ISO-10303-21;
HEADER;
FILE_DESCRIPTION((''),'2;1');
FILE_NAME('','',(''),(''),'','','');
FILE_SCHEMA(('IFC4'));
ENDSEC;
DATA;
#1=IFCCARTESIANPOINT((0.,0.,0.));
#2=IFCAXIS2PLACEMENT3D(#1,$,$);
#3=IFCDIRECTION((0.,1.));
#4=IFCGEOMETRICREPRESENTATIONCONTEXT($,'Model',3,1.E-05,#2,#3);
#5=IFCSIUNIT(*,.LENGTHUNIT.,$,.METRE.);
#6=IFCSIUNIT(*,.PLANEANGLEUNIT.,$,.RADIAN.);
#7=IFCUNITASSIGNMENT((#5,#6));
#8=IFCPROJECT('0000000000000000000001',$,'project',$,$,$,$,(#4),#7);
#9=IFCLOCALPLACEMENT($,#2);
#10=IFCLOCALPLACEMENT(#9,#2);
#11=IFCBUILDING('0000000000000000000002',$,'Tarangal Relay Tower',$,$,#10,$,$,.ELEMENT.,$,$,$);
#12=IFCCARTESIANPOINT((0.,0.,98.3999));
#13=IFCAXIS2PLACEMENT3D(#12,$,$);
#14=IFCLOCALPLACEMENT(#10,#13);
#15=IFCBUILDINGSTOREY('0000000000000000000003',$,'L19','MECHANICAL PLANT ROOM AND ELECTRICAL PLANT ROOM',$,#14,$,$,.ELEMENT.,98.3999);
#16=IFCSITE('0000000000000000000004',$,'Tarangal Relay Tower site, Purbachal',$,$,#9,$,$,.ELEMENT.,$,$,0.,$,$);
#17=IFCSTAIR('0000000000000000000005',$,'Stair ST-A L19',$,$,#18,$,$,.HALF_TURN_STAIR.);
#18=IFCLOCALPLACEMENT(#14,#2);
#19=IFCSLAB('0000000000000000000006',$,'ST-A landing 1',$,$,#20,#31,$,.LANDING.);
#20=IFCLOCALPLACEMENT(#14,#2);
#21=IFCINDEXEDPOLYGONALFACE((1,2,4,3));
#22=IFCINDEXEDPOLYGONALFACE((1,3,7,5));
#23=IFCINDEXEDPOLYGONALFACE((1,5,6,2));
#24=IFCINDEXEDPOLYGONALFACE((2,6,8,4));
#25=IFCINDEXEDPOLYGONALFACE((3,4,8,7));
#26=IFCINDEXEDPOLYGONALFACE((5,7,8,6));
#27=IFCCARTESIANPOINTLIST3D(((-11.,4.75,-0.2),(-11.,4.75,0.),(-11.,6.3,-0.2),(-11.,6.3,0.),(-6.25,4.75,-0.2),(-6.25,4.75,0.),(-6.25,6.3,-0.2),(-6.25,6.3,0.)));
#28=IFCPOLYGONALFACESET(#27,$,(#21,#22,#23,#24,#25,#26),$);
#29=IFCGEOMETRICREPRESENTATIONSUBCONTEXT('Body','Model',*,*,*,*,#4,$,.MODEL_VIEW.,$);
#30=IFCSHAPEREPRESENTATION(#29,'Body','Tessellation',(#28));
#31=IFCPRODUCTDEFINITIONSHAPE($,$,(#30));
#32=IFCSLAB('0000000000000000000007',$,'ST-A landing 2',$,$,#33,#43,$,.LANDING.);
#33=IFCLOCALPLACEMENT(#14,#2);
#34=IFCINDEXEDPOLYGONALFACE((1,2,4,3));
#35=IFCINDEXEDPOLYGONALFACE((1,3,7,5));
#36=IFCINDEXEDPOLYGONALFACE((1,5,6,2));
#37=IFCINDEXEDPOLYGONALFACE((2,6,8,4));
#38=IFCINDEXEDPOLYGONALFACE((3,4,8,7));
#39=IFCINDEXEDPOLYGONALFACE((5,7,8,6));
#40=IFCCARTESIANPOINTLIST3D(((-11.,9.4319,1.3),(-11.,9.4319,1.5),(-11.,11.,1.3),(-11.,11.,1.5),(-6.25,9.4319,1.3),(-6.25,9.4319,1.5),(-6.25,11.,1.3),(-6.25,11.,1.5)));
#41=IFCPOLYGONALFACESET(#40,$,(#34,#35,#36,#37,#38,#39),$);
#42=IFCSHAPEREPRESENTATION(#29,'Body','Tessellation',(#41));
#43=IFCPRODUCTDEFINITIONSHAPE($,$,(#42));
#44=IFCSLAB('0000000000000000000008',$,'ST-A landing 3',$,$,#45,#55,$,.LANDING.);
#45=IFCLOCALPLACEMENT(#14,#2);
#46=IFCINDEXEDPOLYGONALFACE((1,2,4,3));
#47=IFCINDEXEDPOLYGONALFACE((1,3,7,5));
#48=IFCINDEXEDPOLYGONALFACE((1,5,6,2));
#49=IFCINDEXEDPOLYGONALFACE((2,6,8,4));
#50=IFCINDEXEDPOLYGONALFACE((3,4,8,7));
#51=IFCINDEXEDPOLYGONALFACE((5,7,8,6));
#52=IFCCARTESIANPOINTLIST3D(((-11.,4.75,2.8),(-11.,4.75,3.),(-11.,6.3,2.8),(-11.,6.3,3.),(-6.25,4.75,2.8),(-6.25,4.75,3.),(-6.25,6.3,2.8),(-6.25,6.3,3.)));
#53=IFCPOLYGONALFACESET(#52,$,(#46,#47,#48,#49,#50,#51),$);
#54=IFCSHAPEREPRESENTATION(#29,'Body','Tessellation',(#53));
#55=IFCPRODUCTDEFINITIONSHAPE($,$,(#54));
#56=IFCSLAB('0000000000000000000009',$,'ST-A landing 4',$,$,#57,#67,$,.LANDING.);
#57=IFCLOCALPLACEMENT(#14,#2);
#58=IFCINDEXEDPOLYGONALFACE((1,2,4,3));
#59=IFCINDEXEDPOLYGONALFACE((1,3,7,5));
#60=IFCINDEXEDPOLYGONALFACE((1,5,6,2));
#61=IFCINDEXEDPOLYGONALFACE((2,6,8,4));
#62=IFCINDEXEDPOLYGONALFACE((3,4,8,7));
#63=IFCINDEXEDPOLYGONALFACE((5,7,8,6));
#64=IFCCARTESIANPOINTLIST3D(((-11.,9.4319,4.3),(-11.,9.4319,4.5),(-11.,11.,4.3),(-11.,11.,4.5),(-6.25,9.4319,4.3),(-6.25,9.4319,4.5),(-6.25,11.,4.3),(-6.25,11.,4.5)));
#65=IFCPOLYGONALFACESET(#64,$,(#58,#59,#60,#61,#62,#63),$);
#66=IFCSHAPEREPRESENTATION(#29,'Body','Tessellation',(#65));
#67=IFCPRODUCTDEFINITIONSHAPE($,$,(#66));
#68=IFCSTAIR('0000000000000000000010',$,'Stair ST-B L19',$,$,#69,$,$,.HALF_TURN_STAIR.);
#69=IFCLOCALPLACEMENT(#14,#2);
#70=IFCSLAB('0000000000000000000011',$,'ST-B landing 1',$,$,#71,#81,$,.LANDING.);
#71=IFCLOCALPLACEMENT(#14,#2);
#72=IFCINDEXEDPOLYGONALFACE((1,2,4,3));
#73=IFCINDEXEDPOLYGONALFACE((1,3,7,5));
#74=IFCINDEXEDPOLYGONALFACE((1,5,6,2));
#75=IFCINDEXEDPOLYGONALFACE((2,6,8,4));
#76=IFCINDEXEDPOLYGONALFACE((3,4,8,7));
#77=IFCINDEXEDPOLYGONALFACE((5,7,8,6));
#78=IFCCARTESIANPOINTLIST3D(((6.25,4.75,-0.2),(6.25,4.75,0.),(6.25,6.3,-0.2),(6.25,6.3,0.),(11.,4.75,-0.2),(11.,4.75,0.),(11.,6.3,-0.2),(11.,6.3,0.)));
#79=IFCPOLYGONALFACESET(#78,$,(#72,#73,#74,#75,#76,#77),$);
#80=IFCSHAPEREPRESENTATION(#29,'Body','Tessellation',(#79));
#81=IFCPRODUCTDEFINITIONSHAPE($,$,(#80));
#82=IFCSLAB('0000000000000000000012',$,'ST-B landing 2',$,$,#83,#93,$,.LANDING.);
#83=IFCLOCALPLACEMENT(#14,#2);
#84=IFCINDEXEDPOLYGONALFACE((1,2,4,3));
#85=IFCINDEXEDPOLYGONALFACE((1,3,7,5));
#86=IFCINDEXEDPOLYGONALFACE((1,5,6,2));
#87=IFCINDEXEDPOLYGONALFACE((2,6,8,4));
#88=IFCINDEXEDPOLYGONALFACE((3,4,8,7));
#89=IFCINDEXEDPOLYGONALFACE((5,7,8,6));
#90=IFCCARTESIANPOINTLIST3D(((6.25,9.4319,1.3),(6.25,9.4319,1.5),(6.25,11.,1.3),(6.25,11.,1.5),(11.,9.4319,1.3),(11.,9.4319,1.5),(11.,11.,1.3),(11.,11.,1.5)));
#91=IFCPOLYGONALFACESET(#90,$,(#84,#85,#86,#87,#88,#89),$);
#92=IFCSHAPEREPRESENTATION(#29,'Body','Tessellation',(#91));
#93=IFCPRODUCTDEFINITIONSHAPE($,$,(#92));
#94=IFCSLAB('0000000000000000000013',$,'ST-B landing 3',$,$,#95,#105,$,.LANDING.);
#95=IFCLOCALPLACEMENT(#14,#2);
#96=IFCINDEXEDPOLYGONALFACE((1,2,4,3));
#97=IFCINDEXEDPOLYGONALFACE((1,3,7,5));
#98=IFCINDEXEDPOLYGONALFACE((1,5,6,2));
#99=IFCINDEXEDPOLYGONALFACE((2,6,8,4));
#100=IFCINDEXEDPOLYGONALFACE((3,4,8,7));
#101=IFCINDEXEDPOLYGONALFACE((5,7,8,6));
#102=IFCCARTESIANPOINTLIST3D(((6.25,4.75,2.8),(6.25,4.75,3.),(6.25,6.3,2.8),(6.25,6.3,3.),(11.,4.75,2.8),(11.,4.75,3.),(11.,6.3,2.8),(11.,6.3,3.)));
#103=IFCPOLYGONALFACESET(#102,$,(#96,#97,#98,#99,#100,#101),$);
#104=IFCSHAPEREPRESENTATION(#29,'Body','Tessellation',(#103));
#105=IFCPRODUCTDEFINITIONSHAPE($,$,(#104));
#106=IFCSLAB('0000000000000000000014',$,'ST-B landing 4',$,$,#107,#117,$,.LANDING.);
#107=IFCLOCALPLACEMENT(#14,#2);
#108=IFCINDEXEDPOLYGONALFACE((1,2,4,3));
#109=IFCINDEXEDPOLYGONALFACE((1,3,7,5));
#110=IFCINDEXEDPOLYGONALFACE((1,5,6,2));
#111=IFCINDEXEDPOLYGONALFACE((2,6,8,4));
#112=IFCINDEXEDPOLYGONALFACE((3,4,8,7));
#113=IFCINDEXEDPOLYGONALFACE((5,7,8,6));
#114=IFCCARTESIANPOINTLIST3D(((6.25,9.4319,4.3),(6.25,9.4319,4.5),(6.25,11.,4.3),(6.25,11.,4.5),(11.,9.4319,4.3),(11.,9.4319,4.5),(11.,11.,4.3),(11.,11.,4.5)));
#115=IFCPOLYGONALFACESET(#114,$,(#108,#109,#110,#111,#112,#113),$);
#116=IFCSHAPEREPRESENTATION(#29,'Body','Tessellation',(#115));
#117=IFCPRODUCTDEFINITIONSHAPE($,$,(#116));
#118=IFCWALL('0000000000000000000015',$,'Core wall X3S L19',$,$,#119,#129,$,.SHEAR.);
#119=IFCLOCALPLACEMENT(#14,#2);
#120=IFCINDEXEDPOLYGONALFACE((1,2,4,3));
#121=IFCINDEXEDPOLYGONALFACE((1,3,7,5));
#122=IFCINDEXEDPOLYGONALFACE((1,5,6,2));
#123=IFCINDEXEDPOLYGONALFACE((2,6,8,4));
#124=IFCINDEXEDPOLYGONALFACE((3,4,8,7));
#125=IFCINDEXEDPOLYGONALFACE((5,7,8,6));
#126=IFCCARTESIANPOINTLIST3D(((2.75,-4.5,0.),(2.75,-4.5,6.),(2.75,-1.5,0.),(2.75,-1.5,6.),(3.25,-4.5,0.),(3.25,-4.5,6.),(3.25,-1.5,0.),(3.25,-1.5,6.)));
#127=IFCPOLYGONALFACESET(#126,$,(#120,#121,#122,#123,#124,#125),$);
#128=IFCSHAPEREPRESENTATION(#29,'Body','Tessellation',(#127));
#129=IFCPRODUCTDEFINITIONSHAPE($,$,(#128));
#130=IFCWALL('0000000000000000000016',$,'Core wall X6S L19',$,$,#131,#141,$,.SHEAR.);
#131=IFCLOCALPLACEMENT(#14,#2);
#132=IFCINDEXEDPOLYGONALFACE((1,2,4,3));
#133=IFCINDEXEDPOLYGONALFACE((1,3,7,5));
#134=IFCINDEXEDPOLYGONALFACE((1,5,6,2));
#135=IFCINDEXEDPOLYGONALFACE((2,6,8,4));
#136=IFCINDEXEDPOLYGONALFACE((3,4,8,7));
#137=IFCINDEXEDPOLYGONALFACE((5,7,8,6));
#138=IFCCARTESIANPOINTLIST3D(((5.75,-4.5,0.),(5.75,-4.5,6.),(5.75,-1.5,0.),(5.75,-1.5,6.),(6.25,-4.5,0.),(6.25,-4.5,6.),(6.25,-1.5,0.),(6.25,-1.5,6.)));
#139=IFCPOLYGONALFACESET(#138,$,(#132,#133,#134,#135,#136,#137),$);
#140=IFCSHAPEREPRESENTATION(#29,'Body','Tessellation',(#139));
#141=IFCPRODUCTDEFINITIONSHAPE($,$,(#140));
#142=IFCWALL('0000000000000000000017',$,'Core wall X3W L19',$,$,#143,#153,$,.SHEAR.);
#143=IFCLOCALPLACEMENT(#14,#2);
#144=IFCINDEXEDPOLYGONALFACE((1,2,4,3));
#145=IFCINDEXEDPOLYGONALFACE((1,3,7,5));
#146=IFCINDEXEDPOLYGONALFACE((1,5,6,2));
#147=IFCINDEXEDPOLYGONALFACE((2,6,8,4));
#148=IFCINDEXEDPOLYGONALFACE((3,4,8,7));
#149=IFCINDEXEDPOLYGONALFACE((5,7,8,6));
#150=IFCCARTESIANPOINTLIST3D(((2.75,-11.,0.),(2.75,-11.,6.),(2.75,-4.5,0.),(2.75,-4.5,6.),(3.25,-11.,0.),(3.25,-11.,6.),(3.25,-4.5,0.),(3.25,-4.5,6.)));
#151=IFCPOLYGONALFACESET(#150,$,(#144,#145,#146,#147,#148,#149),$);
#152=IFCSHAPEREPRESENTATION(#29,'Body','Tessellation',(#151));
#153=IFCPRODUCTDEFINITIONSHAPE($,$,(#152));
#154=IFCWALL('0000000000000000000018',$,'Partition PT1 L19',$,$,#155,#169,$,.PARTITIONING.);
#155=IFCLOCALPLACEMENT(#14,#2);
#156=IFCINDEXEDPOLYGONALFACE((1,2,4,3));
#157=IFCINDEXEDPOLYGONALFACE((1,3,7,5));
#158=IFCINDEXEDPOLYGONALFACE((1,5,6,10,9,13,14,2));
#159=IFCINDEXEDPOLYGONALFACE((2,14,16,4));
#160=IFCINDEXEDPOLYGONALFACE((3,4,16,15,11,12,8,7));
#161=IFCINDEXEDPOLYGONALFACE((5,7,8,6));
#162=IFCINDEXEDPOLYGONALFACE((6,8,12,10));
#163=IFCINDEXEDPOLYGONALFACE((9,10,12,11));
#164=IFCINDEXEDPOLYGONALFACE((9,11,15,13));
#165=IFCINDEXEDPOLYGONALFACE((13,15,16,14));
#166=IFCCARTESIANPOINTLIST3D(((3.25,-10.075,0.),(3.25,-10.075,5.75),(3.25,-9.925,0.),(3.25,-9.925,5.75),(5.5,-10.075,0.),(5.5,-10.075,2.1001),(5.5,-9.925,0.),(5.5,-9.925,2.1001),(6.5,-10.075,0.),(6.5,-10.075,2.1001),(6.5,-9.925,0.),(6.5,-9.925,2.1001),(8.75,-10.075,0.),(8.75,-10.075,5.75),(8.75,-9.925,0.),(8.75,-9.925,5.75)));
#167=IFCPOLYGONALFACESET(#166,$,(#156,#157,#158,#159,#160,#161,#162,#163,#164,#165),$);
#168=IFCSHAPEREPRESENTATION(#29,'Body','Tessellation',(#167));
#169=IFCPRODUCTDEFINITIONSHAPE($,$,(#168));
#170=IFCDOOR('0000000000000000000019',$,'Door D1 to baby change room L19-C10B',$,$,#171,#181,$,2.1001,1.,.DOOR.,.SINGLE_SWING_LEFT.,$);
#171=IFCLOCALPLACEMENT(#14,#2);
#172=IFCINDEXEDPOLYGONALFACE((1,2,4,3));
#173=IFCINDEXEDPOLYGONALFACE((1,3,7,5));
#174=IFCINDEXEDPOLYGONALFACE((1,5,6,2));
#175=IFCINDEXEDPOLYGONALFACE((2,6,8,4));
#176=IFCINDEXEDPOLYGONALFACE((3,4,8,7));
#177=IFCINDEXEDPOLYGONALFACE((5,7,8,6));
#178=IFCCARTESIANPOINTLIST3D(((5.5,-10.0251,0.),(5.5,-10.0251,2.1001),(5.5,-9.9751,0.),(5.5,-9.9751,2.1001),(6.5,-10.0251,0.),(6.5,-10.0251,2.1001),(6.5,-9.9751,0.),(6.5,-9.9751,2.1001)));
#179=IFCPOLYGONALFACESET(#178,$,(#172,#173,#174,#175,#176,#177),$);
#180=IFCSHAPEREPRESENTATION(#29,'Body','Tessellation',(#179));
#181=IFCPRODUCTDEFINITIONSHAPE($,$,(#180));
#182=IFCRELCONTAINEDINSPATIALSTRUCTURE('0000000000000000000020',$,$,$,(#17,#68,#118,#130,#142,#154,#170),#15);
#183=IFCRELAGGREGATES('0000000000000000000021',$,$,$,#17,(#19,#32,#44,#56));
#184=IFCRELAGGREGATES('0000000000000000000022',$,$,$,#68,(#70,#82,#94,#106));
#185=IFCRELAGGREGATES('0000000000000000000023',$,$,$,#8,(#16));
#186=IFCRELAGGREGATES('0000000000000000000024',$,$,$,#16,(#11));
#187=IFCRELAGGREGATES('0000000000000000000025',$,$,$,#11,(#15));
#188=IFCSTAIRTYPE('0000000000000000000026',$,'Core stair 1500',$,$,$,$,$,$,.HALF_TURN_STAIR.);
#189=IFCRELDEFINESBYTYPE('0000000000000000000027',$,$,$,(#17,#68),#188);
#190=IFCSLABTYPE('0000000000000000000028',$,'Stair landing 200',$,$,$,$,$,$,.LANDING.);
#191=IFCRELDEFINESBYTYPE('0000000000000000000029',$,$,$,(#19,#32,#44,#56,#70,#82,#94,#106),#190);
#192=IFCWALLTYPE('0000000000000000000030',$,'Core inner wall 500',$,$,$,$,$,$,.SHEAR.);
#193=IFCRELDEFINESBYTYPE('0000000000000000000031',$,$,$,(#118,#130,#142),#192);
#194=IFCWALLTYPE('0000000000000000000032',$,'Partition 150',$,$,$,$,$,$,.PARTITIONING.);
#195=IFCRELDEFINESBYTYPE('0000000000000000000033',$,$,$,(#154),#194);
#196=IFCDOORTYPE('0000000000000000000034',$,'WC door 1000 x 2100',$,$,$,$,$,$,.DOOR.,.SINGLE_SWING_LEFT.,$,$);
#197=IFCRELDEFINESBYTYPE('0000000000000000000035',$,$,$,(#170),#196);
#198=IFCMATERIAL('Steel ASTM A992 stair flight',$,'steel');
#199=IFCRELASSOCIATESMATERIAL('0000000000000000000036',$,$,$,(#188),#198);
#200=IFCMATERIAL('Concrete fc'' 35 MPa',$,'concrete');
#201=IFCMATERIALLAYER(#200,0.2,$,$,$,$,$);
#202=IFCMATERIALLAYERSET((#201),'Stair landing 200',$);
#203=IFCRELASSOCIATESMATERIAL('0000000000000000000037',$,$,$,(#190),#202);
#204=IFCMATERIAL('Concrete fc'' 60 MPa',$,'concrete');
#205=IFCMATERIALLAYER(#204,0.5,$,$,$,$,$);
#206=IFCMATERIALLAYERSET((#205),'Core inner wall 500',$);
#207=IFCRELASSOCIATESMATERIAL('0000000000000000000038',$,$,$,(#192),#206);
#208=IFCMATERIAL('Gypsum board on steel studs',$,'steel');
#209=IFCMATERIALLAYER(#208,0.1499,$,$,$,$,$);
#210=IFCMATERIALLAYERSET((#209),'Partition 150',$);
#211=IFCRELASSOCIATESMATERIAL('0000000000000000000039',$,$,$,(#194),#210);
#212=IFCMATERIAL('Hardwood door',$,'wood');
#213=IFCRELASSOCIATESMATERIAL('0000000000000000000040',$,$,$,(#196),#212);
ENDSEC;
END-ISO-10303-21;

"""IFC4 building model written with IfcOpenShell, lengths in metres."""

from ifc_helpers import new_model, si_unit, direction, frame, frame_2d, origin, place, context, subcontext, project, spatial, polyline, rectangle, outline, extrude, material, layer, layer_set, type_object, element, fill, aggregate, save


model = new_model("IFC4")

# Units and contexts
model_context = context("Model", 3, precision=1e-05, world=origin(), true_north=direction((0.0, 1.0)))
body_context = subcontext(model_context, "Body", "Model", "MODEL_VIEW")
ifc_project = project(units=[si_unit("LENGTHUNIT", "METRE"), si_unit("PLANEANGLEUNIT", "RADIAN")], contexts=[model_context])

# Site, building, storey
site_placement = place(None, origin())
site = spatial("IfcSite", under=ifc_project, at=site_placement, Name="Tarangal Relay Tower site, Purbachal", CompositionType="ELEMENT", RefElevation=0.0)
building_placement = place(site_placement, origin())
building = spatial("IfcBuilding", under=site, at=building_placement, Name="Tarangal Relay Tower", CompositionType="ELEMENT")
storey_placement = place(building_placement, frame((0.0, 0.0, 98.3999)))
storey = spatial("IfcBuildingStorey", under=building, at=storey_placement, Name="L19", Description="MECHANICAL PLANT ROOM AND ELECTRICAL PLANT ROOM", CompositionType="ELEMENT", Elevation=98.3999)

# Stairs, slabs
ifc_material_1 = material(Name="Steel ASTM A992 stair flight", Category="steel")
stair_type = type_object("IfcStairType", Name="Core stair 1500", PredefinedType="HALF_TURN_STAIR", material=ifc_material_1)
stair_1_placement = place(storey_placement, origin())
stair_1 = element("IfcStair", 1, at=stair_1_placement, inside=storey, type_object=stair_type, Name="Stair ST-A L19", PredefinedType="HALF_TURN_STAIR")
ifc_material_2 = material(Name="Concrete fc' 35 MPa", Category="concrete")
ifc_layer_1 = layer(ifc_material_2, 0.2)
ifc_layer_set_1 = layer_set([ifc_layer_1], Name="Stair landing 200")
slab_type = type_object("IfcSlabType", Name="Stair landing 200", PredefinedType="LANDING", material=ifc_layer_set_1)
slab_1_placement = place(storey_placement, frame((0.0, 0.0, -0.2)))
slab_1 = element("IfcSlab", 2, at=slab_1_placement, type_object=slab_type, Name="ST-A landing 1", PredefinedType="LANDING", context=body_context, shape_type="SweptSolid", body=[
    extrude(outline(polyline([(-11.0, 4.75), (-6.25, 4.75), (-6.25, 6.3), (-11.0, 6.3), (-11.0, 4.75)])), origin(), (0.0, 0.0, 1.0), 0.2),
])
slab_2_placement = place(storey_placement, frame((0.0, 0.0, 1.3)))
slab_2 = element("IfcSlab", 3, at=slab_2_placement, type_object=slab_type, Name="ST-A landing 2", PredefinedType="LANDING", context=body_context, shape_type="SweptSolid", body=[
    extrude(outline(polyline([(-11.0, 9.4319), (-6.25, 9.4319), (-6.25, 11.0), (-11.0, 11.0), (-11.0, 9.4319)])), origin(), (0.0, 0.0, 1.0), 0.2),
])
slab_3_placement = place(storey_placement, frame((0.0, 0.0, 2.8)))
slab_3 = element("IfcSlab", 4, at=slab_3_placement, type_object=slab_type, Name="ST-A landing 3", PredefinedType="LANDING", context=body_context, shape_type="SweptSolid", body=[
    extrude(outline(polyline([(-11.0, 4.75), (-6.25, 4.75), (-6.25, 6.3), (-11.0, 6.3), (-11.0, 4.75)])), origin(), (0.0, 0.0, 1.0), 0.2),
])
slab_4_placement = place(storey_placement, frame((0.0, 0.0, 4.3)))
slab_4 = element("IfcSlab", 5, at=slab_4_placement, type_object=slab_type, Name="ST-A landing 4", PredefinedType="LANDING", context=body_context, shape_type="SweptSolid", body=[
    extrude(outline(polyline([(-11.0, 9.4319), (-6.25, 9.4319), (-6.25, 11.0), (-11.0, 11.0), (-11.0, 9.4319)])), origin(), (0.0, 0.0, 1.0), 0.2),
])
aggregate(stair_1, [slab_1, slab_2, slab_3, slab_4])
stair_2_placement = place(storey_placement, origin())
stair_2 = element("IfcStair", 6, at=stair_2_placement, inside=storey, type_object=stair_type, Name="Stair ST-B L19", PredefinedType="HALF_TURN_STAIR")
slab_5_placement = place(storey_placement, frame((0.0, 0.0, -0.2)))
slab_5 = element("IfcSlab", 7, at=slab_5_placement, type_object=slab_type, Name="ST-B landing 1", PredefinedType="LANDING", context=body_context, shape_type="SweptSolid", body=[
    extrude(outline(polyline([(6.25, 4.75), (11.0, 4.75), (11.0, 6.3), (6.25, 6.3), (6.25, 4.75)])), origin(), (0.0, 0.0, 1.0), 0.2),
])
slab_6_placement = place(storey_placement, frame((0.0, 0.0, 1.3)))
slab_6 = element("IfcSlab", 8, at=slab_6_placement, type_object=slab_type, Name="ST-B landing 2", PredefinedType="LANDING", context=body_context, shape_type="SweptSolid", body=[
    extrude(outline(polyline([(6.25, 9.4319), (11.0, 9.4319), (11.0, 11.0), (6.25, 11.0), (6.25, 9.4319)])), origin(), (0.0, 0.0, 1.0), 0.2),
])
slab_7_placement = place(storey_placement, frame((0.0, 0.0, 2.8)))
slab_7 = element("IfcSlab", 9, at=slab_7_placement, type_object=slab_type, Name="ST-B landing 3", PredefinedType="LANDING", context=body_context, shape_type="SweptSolid", body=[
    extrude(outline(polyline([(6.25, 4.75), (11.0, 4.75), (11.0, 6.3), (6.25, 6.3), (6.25, 4.75)])), origin(), (0.0, 0.0, 1.0), 0.2),
])
slab_8_placement = place(storey_placement, frame((0.0, 0.0, 4.3)))
slab_8 = element("IfcSlab", 10, at=slab_8_placement, type_object=slab_type, Name="ST-B landing 4", PredefinedType="LANDING", context=body_context, shape_type="SweptSolid", body=[
    extrude(outline(polyline([(6.25, 9.4319), (11.0, 9.4319), (11.0, 11.0), (6.25, 11.0), (6.25, 9.4319)])), origin(), (0.0, 0.0, 1.0), 0.2),
])
aggregate(stair_2, [slab_5, slab_6, slab_7, slab_8])

# Walls
ifc_material_3 = material(Name="Concrete fc' 60 MPa", Category="concrete")
ifc_layer_2 = layer(ifc_material_3, 0.5)
ifc_layer_set_2 = layer_set([ifc_layer_2], Name="Core inner wall 500")
wall_type_1 = type_object("IfcWallType", Name="Core inner wall 500", PredefinedType="SHEAR", material=ifc_layer_set_2)
for number, where, z_axis, x_axis, name in (
    (11, (3.0, -4.5, 0.0), (0.0, 0.0, 1.0), (0.0, 1.0, 0.0), "Core wall X3S L19"),
    (12, (6.0, -4.5, 0.0), (0.0, 0.0, 1.0), (0.0, 1.0, 0.0), "Core wall X6S L19"),
):
    element("IfcWall", number, at=place(storey_placement, frame(where, z_axis=z_axis, x_axis=x_axis)), inside=storey, type_object=wall_type_1, Name=name, PredefinedType="SHEAR", context=body_context, shape_type="SweptSolid", body=[
        extrude(rectangle(XDim=3.0, YDim=0.5, at=frame_2d((1.5, 0.0))), origin(), (0.0, 0.0, 1.0), 6.0),
    ])
wall_1_placement = place(storey_placement, frame((3.0, -11.0, 0.0), z_axis=(0.0, 0.0, 1.0), x_axis=(0.0, 1.0, 0.0)))
element("IfcWall", 13, at=wall_1_placement, inside=storey, type_object=wall_type_1, Name="Core wall X3W L19", PredefinedType="SHEAR", context=body_context, shape_type="SweptSolid", body=[
    extrude(rectangle(XDim=6.5, YDim=0.5, at=frame_2d((3.25, 0.0))), origin(), (0.0, 0.0, 1.0), 6.0),
])

# Wall, opening, door
ifc_material_4 = material(Name="Gypsum board on steel studs", Category="steel")
ifc_layer_3 = layer(ifc_material_4, 0.1499)
ifc_layer_set_3 = layer_set([ifc_layer_3], Name="Partition 150")
wall_type_2 = type_object("IfcWallType", Name="Partition 150", PredefinedType="PARTITIONING", material=ifc_layer_set_3)
wall_2_placement = place(storey_placement, frame((3.25, -10.0, 0.0), z_axis=(0.0, 0.0, 1.0), x_axis=(1.0, 0.0, 0.0)))
wall_2 = element("IfcWall", 14, at=wall_2_placement, inside=storey, type_object=wall_type_2, Name="Partition PT1 L19", PredefinedType="PARTITIONING", context=body_context, shape_type="SweptSolid", body=[
    extrude(rectangle(XDim=5.5, YDim=0.1499, at=frame_2d((2.75, 0.0))), origin(), (0.0, 0.0, 1.0), 5.75),
])
opening_placement = place(wall_2_placement, frame((2.25, 0.0, 0.0)))
opening = element("IfcOpeningElement", 15, at=opening_placement, cuts=wall_2, PredefinedType="OPENING", context=body_context, shape_type="SweptSolid", body=[
    extrude(rectangle(XDim=1.0, YDim=2.1001, at=frame_2d((0.5, 1.05))), frame((0.0, 0.085, 0.0), z_axis=(0.0, -1.0, 0.0), x_axis=(1.0, 0.0, 0.0)), (0.0, 0.0, 1.0), 0.1699),
])
ifc_material_5 = material(Name="Hardwood door", Category="wood")
door_type = type_object("IfcDoorType", Name="WC door 1000 x 2100", OperationType="SINGLE_SWING_LEFT", PredefinedType="DOOR", material=ifc_material_5)
door_placement = place(opening_placement, origin())
door = element("IfcDoor", 16, at=door_placement, inside=storey, type_object=door_type, Name="Door D1 to baby change room L19-C10B", OperationType="SINGLE_SWING_LEFT", OverallHeight=2.1001, OverallWidth=1.0, PredefinedType="DOOR", context=body_context, shape_type="SweptSolid", body=[
    extrude(rectangle(XDim=1.0, YDim=2.1001, at=frame_2d((0.5, 1.05))), frame((0.0, 0.0249, 0.0), z_axis=(0.0, -1.0, 0.0), x_axis=(1.0, 0.0, 0.0)), (0.0, 0.0, 1.0), 0.05),
])
fill(opening, door)

save(model, "model.ifc")
